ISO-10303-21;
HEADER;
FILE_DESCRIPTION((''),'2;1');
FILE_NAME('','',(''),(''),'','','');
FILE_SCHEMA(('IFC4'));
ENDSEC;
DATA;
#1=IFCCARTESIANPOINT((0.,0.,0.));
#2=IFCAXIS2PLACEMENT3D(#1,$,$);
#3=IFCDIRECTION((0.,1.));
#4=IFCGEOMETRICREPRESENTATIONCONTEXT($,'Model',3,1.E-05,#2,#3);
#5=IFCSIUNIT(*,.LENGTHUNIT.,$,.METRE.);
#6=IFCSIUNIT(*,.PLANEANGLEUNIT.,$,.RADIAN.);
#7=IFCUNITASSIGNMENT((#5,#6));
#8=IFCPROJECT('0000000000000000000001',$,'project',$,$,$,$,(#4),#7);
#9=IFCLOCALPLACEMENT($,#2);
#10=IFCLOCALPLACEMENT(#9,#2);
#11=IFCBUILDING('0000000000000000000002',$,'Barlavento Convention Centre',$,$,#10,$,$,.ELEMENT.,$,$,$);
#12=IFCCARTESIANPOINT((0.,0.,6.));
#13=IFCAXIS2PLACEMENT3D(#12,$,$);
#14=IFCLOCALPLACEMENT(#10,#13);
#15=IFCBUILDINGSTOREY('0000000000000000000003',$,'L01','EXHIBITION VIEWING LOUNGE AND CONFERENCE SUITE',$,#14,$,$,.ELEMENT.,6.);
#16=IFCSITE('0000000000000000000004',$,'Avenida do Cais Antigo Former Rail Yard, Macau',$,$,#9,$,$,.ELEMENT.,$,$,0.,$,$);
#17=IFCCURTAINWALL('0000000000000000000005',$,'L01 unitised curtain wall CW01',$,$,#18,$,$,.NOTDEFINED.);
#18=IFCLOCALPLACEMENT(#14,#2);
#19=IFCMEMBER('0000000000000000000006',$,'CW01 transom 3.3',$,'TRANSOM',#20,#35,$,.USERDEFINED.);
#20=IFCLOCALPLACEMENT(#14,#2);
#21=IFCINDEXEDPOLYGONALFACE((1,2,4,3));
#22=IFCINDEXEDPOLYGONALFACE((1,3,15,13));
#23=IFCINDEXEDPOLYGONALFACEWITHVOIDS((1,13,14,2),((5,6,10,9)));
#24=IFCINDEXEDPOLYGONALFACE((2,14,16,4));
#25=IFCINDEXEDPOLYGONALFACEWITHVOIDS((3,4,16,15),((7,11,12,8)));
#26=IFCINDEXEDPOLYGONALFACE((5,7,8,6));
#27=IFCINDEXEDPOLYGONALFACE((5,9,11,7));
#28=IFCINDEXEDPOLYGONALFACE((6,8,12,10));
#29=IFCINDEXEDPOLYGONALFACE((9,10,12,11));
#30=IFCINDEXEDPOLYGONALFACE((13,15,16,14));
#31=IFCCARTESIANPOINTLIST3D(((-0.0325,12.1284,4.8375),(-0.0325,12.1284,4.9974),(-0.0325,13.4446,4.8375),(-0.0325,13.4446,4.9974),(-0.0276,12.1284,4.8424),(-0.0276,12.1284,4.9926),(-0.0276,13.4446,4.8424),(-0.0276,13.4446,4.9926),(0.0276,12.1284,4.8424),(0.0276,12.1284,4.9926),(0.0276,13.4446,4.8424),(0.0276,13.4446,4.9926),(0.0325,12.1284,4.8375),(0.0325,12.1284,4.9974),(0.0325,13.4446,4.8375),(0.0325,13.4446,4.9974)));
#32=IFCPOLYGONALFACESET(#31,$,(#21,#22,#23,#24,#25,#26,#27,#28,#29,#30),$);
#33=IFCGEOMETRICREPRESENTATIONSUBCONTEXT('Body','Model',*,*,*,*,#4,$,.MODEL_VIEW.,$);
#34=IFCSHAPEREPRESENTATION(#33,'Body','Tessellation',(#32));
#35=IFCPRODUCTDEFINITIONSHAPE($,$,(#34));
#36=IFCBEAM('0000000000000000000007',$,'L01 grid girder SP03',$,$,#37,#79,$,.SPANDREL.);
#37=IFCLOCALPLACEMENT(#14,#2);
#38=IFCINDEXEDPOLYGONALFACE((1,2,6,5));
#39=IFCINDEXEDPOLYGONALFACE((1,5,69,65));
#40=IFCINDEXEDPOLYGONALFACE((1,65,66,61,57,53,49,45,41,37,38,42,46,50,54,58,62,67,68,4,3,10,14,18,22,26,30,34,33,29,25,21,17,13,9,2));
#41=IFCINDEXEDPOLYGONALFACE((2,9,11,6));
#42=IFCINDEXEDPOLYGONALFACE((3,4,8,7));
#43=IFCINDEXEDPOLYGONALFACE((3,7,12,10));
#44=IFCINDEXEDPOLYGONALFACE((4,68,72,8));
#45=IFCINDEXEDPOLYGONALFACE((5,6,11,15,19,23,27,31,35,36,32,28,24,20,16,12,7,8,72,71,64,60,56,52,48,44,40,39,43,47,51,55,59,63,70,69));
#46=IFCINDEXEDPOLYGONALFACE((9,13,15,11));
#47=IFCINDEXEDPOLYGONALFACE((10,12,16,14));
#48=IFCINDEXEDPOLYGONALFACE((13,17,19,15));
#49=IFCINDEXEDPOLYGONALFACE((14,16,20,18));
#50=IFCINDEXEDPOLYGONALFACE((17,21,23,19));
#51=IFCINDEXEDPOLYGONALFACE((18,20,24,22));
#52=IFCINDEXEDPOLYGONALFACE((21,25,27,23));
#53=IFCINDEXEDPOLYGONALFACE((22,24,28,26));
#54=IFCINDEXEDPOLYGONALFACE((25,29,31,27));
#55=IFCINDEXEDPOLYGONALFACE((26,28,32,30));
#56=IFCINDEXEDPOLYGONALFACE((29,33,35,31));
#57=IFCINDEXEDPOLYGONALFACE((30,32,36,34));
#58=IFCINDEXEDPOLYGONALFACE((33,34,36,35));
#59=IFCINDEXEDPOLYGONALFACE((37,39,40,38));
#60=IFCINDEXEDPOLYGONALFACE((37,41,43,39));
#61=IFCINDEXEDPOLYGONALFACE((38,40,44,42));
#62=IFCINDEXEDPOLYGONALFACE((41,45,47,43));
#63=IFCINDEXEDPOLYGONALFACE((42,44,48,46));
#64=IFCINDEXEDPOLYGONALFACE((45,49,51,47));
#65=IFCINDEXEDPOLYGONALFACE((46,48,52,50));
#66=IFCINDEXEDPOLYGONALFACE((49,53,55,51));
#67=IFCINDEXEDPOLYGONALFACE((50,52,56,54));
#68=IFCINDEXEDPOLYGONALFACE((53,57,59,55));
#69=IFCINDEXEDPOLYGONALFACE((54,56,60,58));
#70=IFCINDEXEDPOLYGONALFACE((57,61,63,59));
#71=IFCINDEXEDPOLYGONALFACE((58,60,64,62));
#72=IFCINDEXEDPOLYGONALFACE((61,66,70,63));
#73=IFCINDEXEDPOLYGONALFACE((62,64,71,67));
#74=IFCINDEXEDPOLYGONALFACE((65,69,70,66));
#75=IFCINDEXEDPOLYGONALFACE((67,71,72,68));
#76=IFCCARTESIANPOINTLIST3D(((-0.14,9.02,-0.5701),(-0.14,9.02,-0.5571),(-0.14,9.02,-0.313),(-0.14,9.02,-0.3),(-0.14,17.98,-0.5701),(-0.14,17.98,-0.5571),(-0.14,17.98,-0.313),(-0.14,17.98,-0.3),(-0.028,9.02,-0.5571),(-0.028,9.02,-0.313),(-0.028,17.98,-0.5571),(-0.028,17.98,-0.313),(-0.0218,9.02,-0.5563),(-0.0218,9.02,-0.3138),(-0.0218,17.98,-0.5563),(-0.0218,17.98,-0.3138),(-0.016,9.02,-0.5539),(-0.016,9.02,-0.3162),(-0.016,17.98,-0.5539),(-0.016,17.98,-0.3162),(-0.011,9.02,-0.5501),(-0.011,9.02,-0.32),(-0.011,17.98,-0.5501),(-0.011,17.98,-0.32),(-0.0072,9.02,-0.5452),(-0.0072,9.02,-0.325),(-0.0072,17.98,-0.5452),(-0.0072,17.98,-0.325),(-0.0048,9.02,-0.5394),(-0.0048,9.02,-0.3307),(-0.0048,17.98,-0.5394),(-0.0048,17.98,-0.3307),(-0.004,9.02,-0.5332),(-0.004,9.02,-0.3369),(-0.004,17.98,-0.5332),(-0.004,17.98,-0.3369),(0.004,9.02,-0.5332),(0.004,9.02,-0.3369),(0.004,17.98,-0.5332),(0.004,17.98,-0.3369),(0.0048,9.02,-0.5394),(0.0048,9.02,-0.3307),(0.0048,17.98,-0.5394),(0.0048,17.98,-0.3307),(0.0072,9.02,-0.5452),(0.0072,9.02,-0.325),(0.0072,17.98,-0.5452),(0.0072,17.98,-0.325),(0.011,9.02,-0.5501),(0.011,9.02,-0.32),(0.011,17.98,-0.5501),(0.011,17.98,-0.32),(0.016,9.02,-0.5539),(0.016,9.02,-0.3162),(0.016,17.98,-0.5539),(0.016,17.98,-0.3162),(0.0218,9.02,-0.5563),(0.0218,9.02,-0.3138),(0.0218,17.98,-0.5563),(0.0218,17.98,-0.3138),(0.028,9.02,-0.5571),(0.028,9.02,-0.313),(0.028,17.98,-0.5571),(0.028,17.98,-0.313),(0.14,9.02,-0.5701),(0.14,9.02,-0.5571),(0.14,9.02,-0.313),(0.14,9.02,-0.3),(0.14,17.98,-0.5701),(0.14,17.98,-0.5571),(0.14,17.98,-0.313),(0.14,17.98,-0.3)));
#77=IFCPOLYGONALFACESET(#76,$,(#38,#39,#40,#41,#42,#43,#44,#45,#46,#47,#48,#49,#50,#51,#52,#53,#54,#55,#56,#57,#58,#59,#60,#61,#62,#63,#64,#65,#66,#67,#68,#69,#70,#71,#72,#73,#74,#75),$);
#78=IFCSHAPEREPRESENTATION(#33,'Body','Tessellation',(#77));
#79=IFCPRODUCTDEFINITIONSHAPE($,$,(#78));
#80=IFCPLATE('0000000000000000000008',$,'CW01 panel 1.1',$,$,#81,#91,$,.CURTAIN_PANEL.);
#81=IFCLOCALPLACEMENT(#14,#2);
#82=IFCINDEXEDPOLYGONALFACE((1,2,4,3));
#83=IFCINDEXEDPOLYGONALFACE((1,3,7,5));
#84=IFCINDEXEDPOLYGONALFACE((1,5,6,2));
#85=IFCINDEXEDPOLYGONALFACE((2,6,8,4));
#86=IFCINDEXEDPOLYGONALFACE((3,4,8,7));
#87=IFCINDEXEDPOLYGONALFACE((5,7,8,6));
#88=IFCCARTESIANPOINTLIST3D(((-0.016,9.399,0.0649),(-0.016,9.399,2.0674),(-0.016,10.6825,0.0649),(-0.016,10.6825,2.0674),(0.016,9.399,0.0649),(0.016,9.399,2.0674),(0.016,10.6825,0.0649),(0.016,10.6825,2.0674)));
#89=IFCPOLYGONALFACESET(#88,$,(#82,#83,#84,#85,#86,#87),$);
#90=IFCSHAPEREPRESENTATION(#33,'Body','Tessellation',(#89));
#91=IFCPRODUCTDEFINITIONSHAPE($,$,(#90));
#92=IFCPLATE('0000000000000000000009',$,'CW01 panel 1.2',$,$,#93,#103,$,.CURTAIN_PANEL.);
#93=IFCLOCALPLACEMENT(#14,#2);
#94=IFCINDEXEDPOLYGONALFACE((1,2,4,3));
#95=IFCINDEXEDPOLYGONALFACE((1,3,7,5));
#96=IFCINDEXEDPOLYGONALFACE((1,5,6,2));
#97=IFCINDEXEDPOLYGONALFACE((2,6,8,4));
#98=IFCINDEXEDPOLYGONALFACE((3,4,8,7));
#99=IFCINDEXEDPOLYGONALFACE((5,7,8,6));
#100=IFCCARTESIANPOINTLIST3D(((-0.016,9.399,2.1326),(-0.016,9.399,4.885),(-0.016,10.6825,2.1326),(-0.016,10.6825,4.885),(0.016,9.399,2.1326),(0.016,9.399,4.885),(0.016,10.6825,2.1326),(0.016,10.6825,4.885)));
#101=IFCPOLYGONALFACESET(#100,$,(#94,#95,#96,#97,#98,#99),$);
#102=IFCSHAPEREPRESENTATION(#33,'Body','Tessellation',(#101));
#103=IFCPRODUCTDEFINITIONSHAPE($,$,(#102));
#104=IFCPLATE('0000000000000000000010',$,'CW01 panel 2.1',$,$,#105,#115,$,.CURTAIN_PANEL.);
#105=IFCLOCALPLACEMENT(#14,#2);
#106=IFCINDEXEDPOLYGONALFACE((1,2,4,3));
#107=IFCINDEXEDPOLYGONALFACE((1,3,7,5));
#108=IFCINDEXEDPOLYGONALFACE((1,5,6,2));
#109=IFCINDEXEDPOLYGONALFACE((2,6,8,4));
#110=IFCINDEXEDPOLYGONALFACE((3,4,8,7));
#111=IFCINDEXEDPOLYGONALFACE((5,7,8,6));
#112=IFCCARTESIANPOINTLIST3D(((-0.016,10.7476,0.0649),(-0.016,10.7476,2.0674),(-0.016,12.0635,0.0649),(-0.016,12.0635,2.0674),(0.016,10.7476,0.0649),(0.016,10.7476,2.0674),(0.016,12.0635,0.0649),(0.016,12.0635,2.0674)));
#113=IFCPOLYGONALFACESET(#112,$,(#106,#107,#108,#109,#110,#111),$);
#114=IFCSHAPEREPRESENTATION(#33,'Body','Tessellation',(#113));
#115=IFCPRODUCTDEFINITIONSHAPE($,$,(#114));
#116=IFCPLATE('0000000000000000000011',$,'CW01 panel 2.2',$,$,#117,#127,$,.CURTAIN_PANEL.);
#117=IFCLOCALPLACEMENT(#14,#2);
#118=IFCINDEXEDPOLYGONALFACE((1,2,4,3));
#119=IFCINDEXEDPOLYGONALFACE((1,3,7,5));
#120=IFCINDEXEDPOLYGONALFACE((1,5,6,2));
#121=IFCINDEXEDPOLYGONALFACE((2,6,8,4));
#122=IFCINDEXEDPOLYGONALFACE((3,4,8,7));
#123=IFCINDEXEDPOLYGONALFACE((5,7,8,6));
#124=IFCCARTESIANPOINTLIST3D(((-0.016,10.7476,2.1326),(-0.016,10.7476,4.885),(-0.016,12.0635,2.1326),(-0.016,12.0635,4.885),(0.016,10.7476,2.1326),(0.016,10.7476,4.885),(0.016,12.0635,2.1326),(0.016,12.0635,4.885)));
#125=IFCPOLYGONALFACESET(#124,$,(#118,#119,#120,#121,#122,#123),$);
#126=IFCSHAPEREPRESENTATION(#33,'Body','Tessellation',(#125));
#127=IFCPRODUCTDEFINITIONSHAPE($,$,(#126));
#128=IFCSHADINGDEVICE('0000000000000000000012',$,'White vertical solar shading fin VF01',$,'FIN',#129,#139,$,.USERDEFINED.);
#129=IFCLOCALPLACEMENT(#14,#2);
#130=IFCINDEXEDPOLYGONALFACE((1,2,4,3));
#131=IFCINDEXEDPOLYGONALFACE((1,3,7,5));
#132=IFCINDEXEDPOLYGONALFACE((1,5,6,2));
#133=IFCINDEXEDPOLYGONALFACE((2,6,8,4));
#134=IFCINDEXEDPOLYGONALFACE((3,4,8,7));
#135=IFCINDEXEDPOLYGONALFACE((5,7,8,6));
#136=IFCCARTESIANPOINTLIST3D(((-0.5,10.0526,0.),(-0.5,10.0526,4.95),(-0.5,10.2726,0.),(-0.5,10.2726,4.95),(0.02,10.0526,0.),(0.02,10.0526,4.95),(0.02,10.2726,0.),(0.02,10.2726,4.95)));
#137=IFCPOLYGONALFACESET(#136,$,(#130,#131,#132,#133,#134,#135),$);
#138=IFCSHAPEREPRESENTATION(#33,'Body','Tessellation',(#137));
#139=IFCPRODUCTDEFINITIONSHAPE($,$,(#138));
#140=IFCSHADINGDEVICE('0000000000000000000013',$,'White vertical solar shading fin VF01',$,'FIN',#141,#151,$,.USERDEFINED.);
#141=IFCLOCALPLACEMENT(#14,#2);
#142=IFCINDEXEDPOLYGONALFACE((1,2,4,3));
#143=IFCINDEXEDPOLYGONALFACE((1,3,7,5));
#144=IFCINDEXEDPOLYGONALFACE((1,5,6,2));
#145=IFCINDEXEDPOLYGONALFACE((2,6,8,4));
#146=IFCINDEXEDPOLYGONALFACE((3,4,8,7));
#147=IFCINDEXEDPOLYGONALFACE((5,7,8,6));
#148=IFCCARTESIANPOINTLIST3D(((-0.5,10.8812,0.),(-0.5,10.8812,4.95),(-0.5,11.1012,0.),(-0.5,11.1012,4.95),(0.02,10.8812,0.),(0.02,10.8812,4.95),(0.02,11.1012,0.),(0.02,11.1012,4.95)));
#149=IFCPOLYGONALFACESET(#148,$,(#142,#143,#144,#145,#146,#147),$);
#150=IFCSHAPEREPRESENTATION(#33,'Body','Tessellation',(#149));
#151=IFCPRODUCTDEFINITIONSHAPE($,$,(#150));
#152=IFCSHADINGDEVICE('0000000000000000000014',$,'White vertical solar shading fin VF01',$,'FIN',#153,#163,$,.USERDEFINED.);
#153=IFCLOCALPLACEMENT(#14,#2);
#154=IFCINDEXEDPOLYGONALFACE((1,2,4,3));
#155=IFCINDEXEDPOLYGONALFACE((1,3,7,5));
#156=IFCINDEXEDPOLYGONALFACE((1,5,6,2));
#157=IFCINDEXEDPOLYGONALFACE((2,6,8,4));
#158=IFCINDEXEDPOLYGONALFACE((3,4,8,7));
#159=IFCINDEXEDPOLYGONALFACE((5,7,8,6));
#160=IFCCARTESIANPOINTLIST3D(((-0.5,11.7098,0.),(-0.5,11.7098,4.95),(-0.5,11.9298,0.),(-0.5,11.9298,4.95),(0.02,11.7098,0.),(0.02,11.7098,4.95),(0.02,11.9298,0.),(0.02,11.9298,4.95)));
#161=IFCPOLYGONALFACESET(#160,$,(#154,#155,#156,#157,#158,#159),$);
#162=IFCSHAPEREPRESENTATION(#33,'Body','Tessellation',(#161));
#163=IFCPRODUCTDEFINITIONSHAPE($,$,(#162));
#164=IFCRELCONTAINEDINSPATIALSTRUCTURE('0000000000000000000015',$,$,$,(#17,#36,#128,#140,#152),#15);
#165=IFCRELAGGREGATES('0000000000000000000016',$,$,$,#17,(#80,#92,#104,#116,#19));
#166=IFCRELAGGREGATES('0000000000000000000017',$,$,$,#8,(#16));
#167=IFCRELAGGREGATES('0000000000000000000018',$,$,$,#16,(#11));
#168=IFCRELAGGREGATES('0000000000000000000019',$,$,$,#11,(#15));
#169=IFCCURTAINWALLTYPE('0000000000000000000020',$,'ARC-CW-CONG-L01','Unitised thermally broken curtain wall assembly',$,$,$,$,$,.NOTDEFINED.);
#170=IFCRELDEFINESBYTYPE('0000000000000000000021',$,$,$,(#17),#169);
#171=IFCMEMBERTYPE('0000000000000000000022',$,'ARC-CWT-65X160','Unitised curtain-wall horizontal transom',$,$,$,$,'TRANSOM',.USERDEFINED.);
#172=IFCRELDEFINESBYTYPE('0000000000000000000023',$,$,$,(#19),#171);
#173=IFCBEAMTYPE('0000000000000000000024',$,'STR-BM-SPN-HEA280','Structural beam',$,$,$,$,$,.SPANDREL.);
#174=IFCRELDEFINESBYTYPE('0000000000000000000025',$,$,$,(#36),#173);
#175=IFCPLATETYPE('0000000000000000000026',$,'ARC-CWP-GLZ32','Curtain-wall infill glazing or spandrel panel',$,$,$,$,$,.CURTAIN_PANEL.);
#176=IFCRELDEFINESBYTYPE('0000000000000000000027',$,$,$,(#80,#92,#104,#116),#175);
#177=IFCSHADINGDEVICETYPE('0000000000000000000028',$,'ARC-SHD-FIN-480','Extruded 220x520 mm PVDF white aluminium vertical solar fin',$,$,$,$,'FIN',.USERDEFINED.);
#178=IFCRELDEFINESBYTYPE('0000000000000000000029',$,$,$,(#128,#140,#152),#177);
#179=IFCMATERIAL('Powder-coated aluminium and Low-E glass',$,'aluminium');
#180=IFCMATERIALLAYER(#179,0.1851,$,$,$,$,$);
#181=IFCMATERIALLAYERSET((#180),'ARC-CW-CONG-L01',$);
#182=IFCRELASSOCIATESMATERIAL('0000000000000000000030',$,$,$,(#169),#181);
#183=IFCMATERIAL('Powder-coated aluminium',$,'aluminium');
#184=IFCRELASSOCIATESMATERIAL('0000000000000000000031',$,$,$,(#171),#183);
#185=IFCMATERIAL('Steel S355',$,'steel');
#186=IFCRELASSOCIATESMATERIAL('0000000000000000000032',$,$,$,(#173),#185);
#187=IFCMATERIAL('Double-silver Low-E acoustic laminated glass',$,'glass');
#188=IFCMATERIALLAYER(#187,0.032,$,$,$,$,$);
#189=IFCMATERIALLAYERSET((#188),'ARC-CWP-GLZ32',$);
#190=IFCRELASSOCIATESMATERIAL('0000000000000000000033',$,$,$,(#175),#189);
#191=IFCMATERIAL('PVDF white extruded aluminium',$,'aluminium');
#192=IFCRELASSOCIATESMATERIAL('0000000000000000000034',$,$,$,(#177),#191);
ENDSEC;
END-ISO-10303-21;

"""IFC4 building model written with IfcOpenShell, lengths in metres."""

from ifc_helpers import new_model, si_unit, direction, frame, origin, origin_2d, place, context, subcontext, project, spatial, rectangle, hollow_rectangle, i_section, extrude, material, layer, layer_set, material_profile, profile_set, type_object, element, aggregate, save


model = new_model("IFC4")

# Units and contexts
model_context = context("Model", 3, precision=1e-05, world=origin(), true_north=direction((0.0, 1.0)))
body_context = subcontext(model_context, "Body", "Model", "MODEL_VIEW")
ifc_project = project(units=[si_unit("LENGTHUNIT", "METRE"), si_unit("PLANEANGLEUNIT", "RADIAN")], contexts=[model_context])

# Site, building, storey
site_placement = place(None, origin())
site = spatial("IfcSite", under=ifc_project, at=site_placement, Name="Avenida do Cais Antigo Former Rail Yard, Macau", CompositionType="ELEMENT", RefElevation=0.0)
building_placement = place(site_placement, origin())
building = spatial("IfcBuilding", under=site, at=building_placement, Name="Barlavento Convention Centre", CompositionType="ELEMENT")
storey_placement = place(building_placement, frame((0.0, 0.0, 6.0)))
storey = spatial("IfcBuildingStorey", under=building, at=storey_placement, Name="L01", Description="EXHIBITION VIEWING LOUNGE AND CONFERENCE SUITE", CompositionType="ELEMENT", Elevation=6.0)

# Curtain wall, member
ifc_material_1 = material(Name="Powder-coated aluminium and Low-E glass", Category="aluminium")
ifc_layer_1 = layer(ifc_material_1, 0.1851)
ifc_layer_set_1 = layer_set([ifc_layer_1], Name="ARC-CW-CONG-L01")
curtain_wall_type = type_object("IfcCurtainWallType", Name="ARC-CW-CONG-L01", Description="Unitised thermally broken curtain wall assembly", PredefinedType="NOTDEFINED", material=ifc_layer_set_1)
curtain_wall_placement = place(storey_placement, origin())
curtain_wall = element("IfcCurtainWall", 1, at=curtain_wall_placement, inside=storey, type_object=curtain_wall_type, Name="L01 unitised curtain wall CW01", PredefinedType="NOTDEFINED")
ifc_material_2 = material(Name="Powder-coated aluminium", Category="aluminium")
ifc_material_profile_1 = material_profile(ifc_material_2, hollow_rectangle(XDim=0.0649, YDim=0.1599, WallThickness=0.0049, at=origin_2d()), Name="AL-TRAN 65x160x5")
ifc_profile_set_1 = profile_set([ifc_material_profile_1], Name="Powder-coated aluminium")
member_type_1 = type_object("IfcMemberType", Name="ARC-CWT-65X160", Description="Unitised curtain-wall horizontal transom", ElementType="TRANSOM", PredefinedType="USERDEFINED", material=ifc_profile_set_1)
member_1_placement = place(storey_placement, frame((0.0, 12.1284, 4.9175), z_axis=(0.0, 1.0, 0.0), x_axis=(-1.0, 0.0, 0.0)))
member_1 = element("IfcMember", 2, at=member_1_placement, type_object=member_type_1, Name="CW01 transom 3.3", ObjectType="TRANSOM", PredefinedType="USERDEFINED", context=body_context, shape_type="SweptSolid", body=[
    extrude(hollow_rectangle(XDim=0.0649, YDim=0.1599, WallThickness=0.0049, at=origin_2d()), origin(), (0.0, 0.0, 1.0), 1.3162),
])

# Beam
ifc_material_3 = material(Name="Steel S355", Category="steel")
ifc_material_profile_2 = material_profile(ifc_material_3, i_section(OverallWidth=0.28, OverallDepth=0.27, WebThickness=0.0081, FlangeThickness=0.0129, FilletRadius=0.0239, at=origin_2d()), Name="HEA 280")
ifc_profile_set_2 = profile_set([ifc_material_profile_2], Name="Steel S355")
beam_type = type_object("IfcBeamType", Name="STR-BM-SPN-HEA280", Description="Structural beam", PredefinedType="SPANDREL", material=ifc_profile_set_2)
beam_placement = place(storey_placement, frame((0.0, 9.02, -0.4351), z_axis=(0.0, 1.0, 0.0), x_axis=(-1.0, 0.0, 0.0)))
element("IfcBeam", 3, at=beam_placement, inside=storey, type_object=beam_type, Name="L01 grid girder SP03", PredefinedType="SPANDREL", context=body_context, shape_type="SweptSolid", body=[
    extrude(i_section(OverallWidth=0.28, OverallDepth=0.27, WebThickness=0.0081, FlangeThickness=0.0129, FilletRadius=0.0239, at=origin_2d()), origin(), (0.0, 0.0, 1.0), 8.96),
])

# Plates
ifc_material_4 = material(Name="Double-silver Low-E acoustic laminated glass", Category="glass")
ifc_layer_2 = layer(ifc_material_4, 0.032)
ifc_layer_set_2 = layer_set([ifc_layer_2], Name="ARC-CWP-GLZ32")
plate_type = type_object("IfcPlateType", Name="ARC-CWP-GLZ32", Description="Curtain-wall infill glazing or spandrel panel", PredefinedType="CURTAIN_PANEL", material=ifc_layer_set_2)
plate_1_placement = place(storey_placement, frame((0.0, 10.0408, 0.0649), z_axis=(0.0, 0.0, 1.0), x_axis=(0.0, 1.0, 0.0)))
plate_1 = element("IfcPlate", 4, at=plate_1_placement, type_object=plate_type, Name="CW01 panel 1.1", PredefinedType="CURTAIN_PANEL", context=body_context, shape_type="SweptSolid", body=[
    extrude(rectangle(XDim=1.2834, YDim=0.032, at=origin_2d()), origin(), (0.0, 0.0, 1.0), 2.0024),
])
plate_2_placement = place(storey_placement, frame((0.0, 10.0408, 2.1326), z_axis=(0.0, 0.0, 1.0), x_axis=(0.0, 1.0, 0.0)))
plate_2 = element("IfcPlate", 5, at=plate_2_placement, type_object=plate_type, Name="CW01 panel 1.2", PredefinedType="CURTAIN_PANEL", context=body_context, shape_type="SweptSolid", body=[
    extrude(rectangle(XDim=1.2834, YDim=0.032, at=origin_2d()), origin(), (0.0, 0.0, 1.0), 2.7524),
])
plate_3_placement = place(storey_placement, frame((0.0, 11.4055, 0.0649), z_axis=(0.0, 0.0, 1.0), x_axis=(0.0, 1.0, 0.0)))
plate_3 = element("IfcPlate", 6, at=plate_3_placement, type_object=plate_type, Name="CW01 panel 2.1", PredefinedType="CURTAIN_PANEL", context=body_context, shape_type="SweptSolid", body=[
    extrude(rectangle(XDim=1.3159, YDim=0.032, at=origin_2d()), origin(), (0.0, 0.0, 1.0), 2.0024),
])
plate_4_placement = place(storey_placement, frame((0.0, 11.4055, 2.1326), z_axis=(0.0, 0.0, 1.0), x_axis=(0.0, 1.0, 0.0)))
plate_4 = element("IfcPlate", 7, at=plate_4_placement, type_object=plate_type, Name="CW01 panel 2.2", PredefinedType="CURTAIN_PANEL", context=body_context, shape_type="SweptSolid", body=[
    extrude(rectangle(XDim=1.3159, YDim=0.032, at=origin_2d()), origin(), (0.0, 0.0, 1.0), 2.7524),
])
aggregate(curtain_wall, [plate_1, plate_2, plate_3, plate_4, member_1])

# Shading devices
ifc_material_5 = material(Name="PVDF white extruded aluminium", Category="aluminium")
shading_device_type = type_object("IfcShadingDeviceType", Name="ARC-SHD-FIN-480", Description="Extruded 220x520 mm PVDF white aluminium vertical solar fin", ElementType="FIN", PredefinedType="USERDEFINED", material=ifc_material_5)
for number, where, z_axis, x_axis, name in (
    (8, (-0.24, 10.1626, 0.0), (0.0, 0.0, 1.0), (0.0, 1.0, 0.0), "White vertical solar shading fin VF01"),
    (9, (-0.24, 10.9912, 0.0), (0.0, 0.0, 1.0), (0.0, 1.0, 0.0), "White vertical solar shading fin VF01"),
    (10, (-0.24, 11.8198, 0.0), (0.0, 0.0, 1.0), (0.0, 1.0, 0.0), "White vertical solar shading fin VF01"),
):
    element("IfcShadingDevice", number, at=place(storey_placement, frame(where, z_axis=z_axis, x_axis=x_axis)), inside=storey, type_object=shading_device_type, Name=name, ObjectType="FIN", PredefinedType="USERDEFINED", context=body_context, shape_type="SweptSolid", body=[
        extrude(rectangle(XDim=0.22, YDim=0.52, at=origin_2d()), origin(), (0.0, 0.0, 1.0), 4.95),
    ])

save(model, "model.ifc")
